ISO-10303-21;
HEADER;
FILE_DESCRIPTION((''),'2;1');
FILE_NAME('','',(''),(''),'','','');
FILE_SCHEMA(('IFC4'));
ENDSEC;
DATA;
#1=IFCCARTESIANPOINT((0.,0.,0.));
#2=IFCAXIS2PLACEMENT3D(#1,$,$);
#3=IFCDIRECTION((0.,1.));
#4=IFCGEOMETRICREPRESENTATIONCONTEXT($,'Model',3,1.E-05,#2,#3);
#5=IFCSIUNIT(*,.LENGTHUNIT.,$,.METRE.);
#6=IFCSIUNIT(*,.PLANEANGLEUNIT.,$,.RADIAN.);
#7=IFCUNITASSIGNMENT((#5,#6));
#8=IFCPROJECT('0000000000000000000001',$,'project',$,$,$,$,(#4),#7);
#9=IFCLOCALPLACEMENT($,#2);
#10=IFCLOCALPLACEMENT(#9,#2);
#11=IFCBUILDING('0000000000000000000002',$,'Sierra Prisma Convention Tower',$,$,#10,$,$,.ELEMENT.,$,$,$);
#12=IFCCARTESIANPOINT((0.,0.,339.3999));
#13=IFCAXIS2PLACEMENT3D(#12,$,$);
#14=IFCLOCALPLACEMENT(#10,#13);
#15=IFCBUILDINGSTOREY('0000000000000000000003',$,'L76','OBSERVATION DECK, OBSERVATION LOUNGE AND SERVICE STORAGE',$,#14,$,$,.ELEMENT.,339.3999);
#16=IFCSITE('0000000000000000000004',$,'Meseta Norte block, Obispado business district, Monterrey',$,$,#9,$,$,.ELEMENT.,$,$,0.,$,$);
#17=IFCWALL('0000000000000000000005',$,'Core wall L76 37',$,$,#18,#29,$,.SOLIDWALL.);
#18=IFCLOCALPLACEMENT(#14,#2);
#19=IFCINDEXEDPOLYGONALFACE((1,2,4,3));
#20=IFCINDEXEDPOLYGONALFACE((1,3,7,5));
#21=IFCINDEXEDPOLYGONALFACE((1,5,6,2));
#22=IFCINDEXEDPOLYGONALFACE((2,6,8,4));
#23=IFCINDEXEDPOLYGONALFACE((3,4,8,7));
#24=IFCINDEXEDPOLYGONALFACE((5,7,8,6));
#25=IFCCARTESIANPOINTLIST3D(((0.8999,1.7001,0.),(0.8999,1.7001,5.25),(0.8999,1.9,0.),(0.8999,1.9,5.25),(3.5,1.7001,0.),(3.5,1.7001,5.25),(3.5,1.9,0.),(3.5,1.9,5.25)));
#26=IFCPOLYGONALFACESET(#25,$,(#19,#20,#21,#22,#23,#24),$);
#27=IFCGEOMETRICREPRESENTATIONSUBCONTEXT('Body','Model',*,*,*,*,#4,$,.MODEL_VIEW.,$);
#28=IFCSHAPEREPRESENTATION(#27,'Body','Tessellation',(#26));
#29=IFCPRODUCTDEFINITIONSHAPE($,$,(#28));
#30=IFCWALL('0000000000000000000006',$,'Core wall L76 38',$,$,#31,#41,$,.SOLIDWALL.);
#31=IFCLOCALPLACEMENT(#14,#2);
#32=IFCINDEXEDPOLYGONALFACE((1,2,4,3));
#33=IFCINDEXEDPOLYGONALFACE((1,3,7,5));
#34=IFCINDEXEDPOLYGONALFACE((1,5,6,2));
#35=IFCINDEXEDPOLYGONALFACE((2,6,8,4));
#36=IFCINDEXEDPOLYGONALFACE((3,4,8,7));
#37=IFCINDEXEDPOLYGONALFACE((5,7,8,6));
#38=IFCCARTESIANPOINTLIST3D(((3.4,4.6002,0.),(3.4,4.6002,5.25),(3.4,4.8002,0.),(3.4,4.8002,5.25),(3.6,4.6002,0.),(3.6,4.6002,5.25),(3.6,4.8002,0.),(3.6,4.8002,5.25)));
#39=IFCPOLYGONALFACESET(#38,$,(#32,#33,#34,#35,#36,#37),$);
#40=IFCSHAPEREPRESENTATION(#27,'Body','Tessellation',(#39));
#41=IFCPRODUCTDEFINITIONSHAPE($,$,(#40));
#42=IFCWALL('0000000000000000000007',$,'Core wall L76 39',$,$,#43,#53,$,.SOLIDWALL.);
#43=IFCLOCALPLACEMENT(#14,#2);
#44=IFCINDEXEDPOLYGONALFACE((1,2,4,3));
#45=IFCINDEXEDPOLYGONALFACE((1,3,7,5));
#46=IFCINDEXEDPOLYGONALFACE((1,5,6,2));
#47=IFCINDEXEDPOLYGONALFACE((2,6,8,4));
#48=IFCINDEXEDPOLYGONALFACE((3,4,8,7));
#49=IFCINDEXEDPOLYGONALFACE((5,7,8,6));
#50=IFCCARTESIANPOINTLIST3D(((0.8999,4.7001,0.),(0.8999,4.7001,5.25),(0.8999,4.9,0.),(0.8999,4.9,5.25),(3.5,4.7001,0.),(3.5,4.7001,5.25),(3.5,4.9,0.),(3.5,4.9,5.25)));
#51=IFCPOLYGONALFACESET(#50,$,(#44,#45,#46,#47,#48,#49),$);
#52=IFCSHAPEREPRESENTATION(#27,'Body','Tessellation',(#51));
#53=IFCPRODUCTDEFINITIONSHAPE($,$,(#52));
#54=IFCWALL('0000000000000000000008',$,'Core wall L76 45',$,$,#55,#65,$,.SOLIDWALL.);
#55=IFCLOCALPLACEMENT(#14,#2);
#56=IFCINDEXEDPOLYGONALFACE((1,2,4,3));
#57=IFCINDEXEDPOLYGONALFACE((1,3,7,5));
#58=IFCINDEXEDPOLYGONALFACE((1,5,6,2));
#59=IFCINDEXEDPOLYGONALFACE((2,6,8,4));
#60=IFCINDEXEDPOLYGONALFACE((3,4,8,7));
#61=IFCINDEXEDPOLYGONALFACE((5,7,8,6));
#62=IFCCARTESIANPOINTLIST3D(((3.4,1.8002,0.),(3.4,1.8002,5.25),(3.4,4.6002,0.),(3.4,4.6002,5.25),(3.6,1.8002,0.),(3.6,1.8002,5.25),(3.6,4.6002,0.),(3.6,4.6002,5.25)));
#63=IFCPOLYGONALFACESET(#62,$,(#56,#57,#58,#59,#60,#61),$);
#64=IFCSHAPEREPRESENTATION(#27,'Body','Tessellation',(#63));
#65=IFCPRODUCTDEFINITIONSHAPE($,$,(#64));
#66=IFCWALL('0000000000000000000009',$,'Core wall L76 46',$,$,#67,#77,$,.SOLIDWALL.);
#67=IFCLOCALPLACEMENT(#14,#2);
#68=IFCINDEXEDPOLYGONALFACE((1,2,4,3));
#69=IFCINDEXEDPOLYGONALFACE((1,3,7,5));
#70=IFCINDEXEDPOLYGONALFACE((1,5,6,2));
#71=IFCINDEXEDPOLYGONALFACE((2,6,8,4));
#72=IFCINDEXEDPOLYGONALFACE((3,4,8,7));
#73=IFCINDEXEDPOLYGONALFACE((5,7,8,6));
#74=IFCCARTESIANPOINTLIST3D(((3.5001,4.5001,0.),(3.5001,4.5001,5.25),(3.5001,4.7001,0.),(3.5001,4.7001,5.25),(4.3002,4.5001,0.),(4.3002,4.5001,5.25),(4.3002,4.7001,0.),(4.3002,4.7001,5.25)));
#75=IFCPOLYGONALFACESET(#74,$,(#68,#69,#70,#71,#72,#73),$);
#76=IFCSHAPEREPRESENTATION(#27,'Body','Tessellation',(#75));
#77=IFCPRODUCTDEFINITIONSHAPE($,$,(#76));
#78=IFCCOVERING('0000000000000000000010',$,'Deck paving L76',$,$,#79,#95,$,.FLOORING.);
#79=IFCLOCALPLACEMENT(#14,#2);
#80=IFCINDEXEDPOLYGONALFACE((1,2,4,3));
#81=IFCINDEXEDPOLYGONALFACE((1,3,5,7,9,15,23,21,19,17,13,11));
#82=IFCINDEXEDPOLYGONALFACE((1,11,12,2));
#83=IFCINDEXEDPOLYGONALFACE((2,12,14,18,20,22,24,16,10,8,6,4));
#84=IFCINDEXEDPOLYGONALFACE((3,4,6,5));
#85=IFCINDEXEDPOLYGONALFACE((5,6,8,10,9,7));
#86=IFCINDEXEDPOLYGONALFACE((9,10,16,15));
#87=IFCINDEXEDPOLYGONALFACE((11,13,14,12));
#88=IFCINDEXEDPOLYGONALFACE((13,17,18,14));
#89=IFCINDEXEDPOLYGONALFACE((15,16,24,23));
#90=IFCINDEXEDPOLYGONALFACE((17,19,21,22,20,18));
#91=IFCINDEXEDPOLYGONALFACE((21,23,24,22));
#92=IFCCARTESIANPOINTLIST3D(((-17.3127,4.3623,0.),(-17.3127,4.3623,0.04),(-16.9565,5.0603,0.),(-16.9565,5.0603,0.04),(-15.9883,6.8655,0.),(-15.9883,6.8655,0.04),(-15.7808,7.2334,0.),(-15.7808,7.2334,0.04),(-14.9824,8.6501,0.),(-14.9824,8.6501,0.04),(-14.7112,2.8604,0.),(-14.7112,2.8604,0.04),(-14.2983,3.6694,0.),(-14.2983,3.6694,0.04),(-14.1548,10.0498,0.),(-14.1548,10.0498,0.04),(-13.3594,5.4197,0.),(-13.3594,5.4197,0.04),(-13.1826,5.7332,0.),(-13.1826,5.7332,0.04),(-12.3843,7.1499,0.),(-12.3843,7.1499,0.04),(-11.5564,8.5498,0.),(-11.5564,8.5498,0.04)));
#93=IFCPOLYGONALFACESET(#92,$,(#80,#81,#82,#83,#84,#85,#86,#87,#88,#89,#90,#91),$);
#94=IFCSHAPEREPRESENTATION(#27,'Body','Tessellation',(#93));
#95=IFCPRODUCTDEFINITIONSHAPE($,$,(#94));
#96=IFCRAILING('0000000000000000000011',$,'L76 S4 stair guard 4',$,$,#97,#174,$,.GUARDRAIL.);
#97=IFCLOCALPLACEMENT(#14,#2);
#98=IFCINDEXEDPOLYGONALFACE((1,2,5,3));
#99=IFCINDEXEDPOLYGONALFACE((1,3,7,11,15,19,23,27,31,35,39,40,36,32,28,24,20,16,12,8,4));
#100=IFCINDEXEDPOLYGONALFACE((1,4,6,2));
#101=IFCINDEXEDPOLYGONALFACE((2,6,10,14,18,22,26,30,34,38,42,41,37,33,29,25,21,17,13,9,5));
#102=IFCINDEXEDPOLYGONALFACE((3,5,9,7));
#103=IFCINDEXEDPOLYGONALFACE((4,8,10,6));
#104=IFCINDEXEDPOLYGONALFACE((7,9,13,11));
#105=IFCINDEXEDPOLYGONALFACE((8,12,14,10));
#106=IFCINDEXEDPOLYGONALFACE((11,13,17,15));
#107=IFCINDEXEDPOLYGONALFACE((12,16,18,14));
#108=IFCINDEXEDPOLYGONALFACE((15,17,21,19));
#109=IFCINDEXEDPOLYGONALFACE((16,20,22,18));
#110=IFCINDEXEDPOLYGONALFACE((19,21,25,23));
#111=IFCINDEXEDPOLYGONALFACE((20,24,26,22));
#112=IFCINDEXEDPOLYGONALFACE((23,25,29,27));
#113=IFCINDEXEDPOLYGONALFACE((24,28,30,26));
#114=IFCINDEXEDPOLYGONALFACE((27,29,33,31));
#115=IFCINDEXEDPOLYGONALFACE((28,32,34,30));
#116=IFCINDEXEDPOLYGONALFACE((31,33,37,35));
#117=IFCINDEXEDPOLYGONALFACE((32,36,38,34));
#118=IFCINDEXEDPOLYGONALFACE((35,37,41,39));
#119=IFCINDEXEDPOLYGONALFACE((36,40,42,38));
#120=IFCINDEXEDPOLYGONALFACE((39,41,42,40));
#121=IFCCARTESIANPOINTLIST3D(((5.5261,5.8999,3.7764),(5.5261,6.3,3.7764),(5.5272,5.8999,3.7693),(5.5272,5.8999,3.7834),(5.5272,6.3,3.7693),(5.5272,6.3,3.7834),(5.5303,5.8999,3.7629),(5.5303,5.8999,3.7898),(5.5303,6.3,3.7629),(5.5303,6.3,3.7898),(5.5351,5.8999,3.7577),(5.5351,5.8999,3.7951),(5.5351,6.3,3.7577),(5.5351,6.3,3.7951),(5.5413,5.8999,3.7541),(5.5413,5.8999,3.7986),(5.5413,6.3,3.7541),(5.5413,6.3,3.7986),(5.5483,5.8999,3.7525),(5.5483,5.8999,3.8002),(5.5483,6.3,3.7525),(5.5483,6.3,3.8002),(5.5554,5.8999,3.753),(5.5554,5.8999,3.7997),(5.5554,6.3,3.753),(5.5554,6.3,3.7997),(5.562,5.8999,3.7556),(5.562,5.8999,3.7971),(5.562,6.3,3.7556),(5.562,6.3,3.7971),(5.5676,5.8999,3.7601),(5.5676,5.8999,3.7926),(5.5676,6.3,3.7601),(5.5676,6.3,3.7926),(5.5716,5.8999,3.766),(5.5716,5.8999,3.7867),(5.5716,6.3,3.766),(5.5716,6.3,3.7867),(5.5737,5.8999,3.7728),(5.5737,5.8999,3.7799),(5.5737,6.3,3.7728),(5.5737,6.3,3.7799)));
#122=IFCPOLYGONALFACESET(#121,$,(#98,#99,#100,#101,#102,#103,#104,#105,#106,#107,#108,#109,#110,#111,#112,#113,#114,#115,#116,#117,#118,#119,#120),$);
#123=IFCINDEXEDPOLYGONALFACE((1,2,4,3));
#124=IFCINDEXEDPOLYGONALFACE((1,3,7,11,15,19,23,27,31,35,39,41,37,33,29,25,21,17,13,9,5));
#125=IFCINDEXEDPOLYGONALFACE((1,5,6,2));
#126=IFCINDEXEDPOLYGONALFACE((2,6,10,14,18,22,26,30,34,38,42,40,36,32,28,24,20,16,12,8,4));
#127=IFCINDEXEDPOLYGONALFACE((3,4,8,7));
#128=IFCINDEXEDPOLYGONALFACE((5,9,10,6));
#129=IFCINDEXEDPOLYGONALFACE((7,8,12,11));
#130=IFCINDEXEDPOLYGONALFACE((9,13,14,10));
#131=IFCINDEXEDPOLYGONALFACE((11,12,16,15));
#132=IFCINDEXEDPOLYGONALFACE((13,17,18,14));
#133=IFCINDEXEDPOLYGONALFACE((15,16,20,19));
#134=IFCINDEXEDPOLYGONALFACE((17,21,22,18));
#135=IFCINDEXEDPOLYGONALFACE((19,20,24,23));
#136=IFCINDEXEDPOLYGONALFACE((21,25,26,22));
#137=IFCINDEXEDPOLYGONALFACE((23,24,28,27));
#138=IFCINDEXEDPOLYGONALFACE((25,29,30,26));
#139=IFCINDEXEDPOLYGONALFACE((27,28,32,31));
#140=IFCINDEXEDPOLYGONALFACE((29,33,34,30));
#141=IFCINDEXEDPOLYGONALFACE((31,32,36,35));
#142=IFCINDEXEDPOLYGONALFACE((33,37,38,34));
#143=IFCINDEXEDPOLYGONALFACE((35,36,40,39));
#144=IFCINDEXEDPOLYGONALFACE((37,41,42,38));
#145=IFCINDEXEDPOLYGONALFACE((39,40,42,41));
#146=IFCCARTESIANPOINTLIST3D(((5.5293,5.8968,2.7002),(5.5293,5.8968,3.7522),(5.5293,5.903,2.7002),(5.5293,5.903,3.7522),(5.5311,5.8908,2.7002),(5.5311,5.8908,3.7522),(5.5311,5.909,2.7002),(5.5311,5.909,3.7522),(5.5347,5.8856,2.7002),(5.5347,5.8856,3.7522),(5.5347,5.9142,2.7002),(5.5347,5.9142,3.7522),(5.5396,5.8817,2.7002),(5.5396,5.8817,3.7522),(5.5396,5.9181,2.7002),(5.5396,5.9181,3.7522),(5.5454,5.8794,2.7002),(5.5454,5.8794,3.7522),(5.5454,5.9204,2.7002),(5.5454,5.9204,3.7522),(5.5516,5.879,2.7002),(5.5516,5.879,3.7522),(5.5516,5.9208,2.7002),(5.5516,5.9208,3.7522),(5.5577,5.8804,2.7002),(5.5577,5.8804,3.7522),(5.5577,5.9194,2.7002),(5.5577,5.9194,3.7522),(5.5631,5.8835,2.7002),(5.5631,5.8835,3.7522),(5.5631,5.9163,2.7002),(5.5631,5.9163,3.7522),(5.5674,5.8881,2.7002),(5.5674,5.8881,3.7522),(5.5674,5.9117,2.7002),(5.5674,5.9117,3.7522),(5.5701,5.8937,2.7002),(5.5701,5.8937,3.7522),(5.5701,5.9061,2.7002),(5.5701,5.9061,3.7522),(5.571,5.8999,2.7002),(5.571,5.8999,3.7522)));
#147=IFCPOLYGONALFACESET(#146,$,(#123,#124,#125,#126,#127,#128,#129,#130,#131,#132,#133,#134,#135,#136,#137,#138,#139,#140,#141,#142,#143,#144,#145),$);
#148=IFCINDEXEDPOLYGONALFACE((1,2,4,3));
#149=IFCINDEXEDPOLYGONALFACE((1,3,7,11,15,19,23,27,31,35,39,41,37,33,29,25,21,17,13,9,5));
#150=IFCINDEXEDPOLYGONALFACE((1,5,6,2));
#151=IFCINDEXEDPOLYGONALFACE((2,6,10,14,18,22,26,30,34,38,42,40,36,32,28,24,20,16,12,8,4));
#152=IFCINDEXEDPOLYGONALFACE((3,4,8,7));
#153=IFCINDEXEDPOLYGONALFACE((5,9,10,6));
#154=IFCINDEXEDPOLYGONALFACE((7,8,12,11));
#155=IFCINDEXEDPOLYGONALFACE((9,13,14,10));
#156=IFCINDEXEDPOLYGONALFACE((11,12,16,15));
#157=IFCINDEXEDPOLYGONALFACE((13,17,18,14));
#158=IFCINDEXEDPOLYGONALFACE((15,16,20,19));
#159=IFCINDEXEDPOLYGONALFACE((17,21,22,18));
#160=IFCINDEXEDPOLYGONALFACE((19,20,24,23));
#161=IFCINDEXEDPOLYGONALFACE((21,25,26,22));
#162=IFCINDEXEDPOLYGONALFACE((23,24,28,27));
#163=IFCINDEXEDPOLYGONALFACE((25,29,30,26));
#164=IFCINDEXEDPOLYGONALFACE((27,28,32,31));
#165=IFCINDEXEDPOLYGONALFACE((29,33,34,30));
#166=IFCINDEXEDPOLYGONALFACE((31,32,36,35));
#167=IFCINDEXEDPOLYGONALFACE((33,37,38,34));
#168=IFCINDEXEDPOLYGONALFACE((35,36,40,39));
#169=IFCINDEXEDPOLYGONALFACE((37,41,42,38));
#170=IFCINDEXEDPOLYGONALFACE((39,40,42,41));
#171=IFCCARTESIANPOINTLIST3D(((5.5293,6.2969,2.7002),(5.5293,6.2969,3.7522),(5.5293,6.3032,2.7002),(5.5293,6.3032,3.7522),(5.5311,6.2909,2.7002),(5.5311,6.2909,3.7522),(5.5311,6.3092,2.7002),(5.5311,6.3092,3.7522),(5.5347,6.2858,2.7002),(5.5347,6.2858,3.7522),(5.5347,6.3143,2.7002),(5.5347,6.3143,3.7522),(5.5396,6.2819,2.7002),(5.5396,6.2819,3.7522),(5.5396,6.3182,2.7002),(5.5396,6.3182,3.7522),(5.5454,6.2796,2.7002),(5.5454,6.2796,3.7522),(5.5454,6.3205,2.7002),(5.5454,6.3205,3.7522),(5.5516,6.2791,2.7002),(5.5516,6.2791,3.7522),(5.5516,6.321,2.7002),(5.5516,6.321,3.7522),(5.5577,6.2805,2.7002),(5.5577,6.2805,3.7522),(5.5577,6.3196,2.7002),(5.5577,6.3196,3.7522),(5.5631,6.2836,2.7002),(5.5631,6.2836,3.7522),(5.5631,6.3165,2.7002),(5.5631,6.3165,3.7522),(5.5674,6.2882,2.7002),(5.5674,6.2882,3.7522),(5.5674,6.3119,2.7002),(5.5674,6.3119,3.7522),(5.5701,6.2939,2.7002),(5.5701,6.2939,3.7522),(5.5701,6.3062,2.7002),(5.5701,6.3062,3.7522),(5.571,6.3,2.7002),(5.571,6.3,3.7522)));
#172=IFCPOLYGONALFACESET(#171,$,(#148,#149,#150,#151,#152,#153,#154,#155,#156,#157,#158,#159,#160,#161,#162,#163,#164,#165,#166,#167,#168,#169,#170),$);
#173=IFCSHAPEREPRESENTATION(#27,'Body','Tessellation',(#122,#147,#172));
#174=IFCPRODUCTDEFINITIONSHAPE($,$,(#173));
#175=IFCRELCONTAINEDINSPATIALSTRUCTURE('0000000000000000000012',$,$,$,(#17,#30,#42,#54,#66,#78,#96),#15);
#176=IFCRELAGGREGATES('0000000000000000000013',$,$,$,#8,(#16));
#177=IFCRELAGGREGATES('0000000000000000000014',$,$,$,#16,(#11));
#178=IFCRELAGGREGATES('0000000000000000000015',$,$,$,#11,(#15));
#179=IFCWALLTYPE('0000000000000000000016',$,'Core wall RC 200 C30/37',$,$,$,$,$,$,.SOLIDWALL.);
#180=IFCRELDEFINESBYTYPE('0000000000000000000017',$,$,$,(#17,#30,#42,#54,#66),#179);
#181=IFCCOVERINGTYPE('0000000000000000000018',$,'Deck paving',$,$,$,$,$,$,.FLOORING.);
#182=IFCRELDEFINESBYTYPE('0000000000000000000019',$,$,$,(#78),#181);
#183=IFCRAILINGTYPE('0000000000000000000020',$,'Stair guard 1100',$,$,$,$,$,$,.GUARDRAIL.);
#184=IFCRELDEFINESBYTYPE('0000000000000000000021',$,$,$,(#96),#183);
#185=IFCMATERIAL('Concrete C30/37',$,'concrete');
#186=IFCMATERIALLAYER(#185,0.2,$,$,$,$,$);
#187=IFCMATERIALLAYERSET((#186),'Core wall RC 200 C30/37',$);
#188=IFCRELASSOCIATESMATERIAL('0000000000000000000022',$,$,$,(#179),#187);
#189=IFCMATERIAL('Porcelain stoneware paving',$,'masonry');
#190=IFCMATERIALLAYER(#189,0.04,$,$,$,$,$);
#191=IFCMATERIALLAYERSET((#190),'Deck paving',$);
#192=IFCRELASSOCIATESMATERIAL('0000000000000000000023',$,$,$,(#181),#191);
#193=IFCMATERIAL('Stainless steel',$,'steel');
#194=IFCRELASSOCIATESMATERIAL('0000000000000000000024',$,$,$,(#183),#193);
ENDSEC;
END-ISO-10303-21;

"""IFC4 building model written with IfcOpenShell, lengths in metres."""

from ifc_helpers import new_model, si_unit, direction, frame, frame_2d, origin, origin_2d, place, context, subcontext, project, spatial, polyline, rectangle, circle, outline, extrude, material, layer, layer_set, type_object, element, save


model = new_model("IFC4")

# Units and contexts
model_context = context("Model", 3, precision=1e-05, world=origin(), true_north=direction((0.0, 1.0)))
body_context = subcontext(model_context, "Body", "Model", "MODEL_VIEW")
ifc_project = project(units=[si_unit("LENGTHUNIT", "METRE"), si_unit("PLANEANGLEUNIT", "RADIAN")], contexts=[model_context])

# Site, building, storey
site_placement = place(None, origin())
site = spatial("IfcSite", under=ifc_project, at=site_placement, Name="Meseta Norte block, Obispado business district, Monterrey", CompositionType="ELEMENT", RefElevation=0.0)
building_placement = place(site_placement, origin())
building = spatial("IfcBuilding", under=site, at=building_placement, Name="Sierra Prisma Convention Tower", CompositionType="ELEMENT")
storey_placement = place(building_placement, frame((0.0, 0.0, 339.3999)))
storey = spatial("IfcBuildingStorey", under=building, at=storey_placement, Name="L76", Description="OBSERVATION DECK, OBSERVATION LOUNGE AND SERVICE STORAGE", CompositionType="ELEMENT", Elevation=339.3999)

# Shared definitions
ifc_material_1 = material(Name="Concrete C30/37", Category="concrete")
ifc_layer_1 = layer(ifc_material_1, 0.2)
ifc_layer_set_1 = layer_set([ifc_layer_1], Name="Core wall RC 200 C30/37")
wall_type = type_object("IfcWallType", Name="Core wall RC 200 C30/37", PredefinedType="SOLIDWALL", material=ifc_layer_set_1)

# Walls
wall_1_placement = place(storey_placement, frame((3.5, 1.8, 0.0), z_axis=(0.0, 0.0, 1.0), x_axis=(-1.0, 0.0, 0.0)))
element("IfcWall", 1, at=wall_1_placement, inside=storey, type_object=wall_type, Name="Core wall L76 37", PredefinedType="SOLIDWALL", context=body_context, shape_type="SweptSolid", body=[
    extrude(rectangle(XDim=2.6001, YDim=0.2, at=frame_2d((1.3, 0.0))), origin(), (0.0, 0.0, 1.0), 5.25),
])
wall_2_placement = place(storey_placement, frame((3.5, 4.6001, 0.0), z_axis=(0.0, 0.0, 1.0), x_axis=(0.0, 1.0, 0.0)))
element("IfcWall", 2, at=wall_2_placement, inside=storey, type_object=wall_type, Name="Core wall L76 38", PredefinedType="SOLIDWALL", context=body_context, shape_type="SweptSolid", body=[
    extrude(rectangle(XDim=0.2, YDim=0.2, at=frame_2d((0.1001, 0.0))), origin(), (0.0, 0.0, 1.0), 5.25),
])
wall_3_placement = place(storey_placement, frame((3.5, 4.8, 0.0), z_axis=(0.0, 0.0, 1.0), x_axis=(-1.0, 0.0, 0.0)))
element("IfcWall", 3, at=wall_3_placement, inside=storey, type_object=wall_type, Name="Core wall L76 39", PredefinedType="SOLIDWALL", context=body_context, shape_type="SweptSolid", body=[
    extrude(rectangle(XDim=2.6001, YDim=0.2, at=frame_2d((1.3, 0.0))), origin(), (0.0, 0.0, 1.0), 5.25),
])

# Walls
wall_4_placement = place(storey_placement, frame((3.5, 4.6001, 0.0), z_axis=(0.0, 0.0, 1.0), x_axis=(0.0, -1.0, 0.0)))
element("IfcWall", 4, at=wall_4_placement, inside=storey, type_object=wall_type, Name="Core wall L76 45", PredefinedType="SOLIDWALL", context=body_context, shape_type="SweptSolid", body=[
    extrude(rectangle(XDim=2.8, YDim=0.2, at=frame_2d((1.3999, 0.0))), origin(), (0.0, 0.0, 1.0), 5.25),
])
wall_5_placement = place(storey_placement, frame((4.3, 4.6001, 0.0), z_axis=(0.0, 0.0, 1.0), x_axis=(-1.0, 0.0, 0.0)))
element("IfcWall", 5, at=wall_5_placement, inside=storey, type_object=wall_type, Name="Core wall L76 46", PredefinedType="SOLIDWALL", context=body_context, shape_type="SweptSolid", body=[
    extrude(rectangle(XDim=0.8, YDim=0.2, at=frame_2d((0.3999, 0.0))), origin(), (0.0, 0.0, 1.0), 5.25),
])

# Covering
ifc_material_2 = material(Name="Porcelain stoneware paving", Category="masonry")
ifc_layer_2 = layer(ifc_material_2, 0.04)
ifc_layer_set_2 = layer_set([ifc_layer_2], Name="Deck paving")
covering_type = type_object("IfcCoveringType", Name="Deck paving", PredefinedType="FLOORING", material=ifc_layer_set_2)
covering_placement = place(storey_placement, origin())
element("IfcCovering", 6, at=covering_placement, inside=storey, type_object=covering_type, Name="Deck paving L76", PredefinedType="FLOORING", context=body_context, shape_type="SweptSolid", body=[
    extrude(outline(polyline([(-16.9565, 5.0603), (-15.9883, 6.8655), (-15.7808, 7.2334), (-14.9824, 8.6501), (-14.1548, 10.0498), (-11.5564, 8.5498), (-12.3843, 7.1499), (-13.1826, 5.7332), (-13.3594, 5.4197), (-14.2983, 3.6694), (-14.7112, 2.8604), (-17.3127, 4.3623), (-16.9565, 5.0603)])), origin(), (0.0, 0.0, 1.0), 0.04),
])

# Railing
ifc_material_3 = material(Name="Stainless steel", Category="steel")
railing_type = type_object("IfcRailingType", Name="Stair guard 1100", PredefinedType="GUARDRAIL", material=ifc_material_3)
railing_placement = place(storey_placement, frame((5.55, 5.8999, 2.7002)))
element("IfcRailing", 7, at=railing_placement, inside=storey, type_object=railing_type, Name="L76 S4 stair guard 4", PredefinedType="GUARDRAIL", context=body_context, shape_type="SweptSolid", body=[
    extrude(circle(Radius=0.0239, at=origin_2d()), frame((0.0, 0.0, 1.0762), z_axis=(0.0, 1.0, 0.0), x_axis=(-1.0, 0.0, 0.0)), (0.0, 0.0, 1.0), 0.4001),
    extrude(circle(Radius=0.021, at=origin_2d()), origin(), (0.0, 0.0, 1.0), 1.052),
    extrude(circle(Radius=0.021, at=origin_2d()), frame((0.0, 0.4001, 0.0)), (0.0, 0.0, 1.0), 1.052),
])

save(model, "model.ifc")
